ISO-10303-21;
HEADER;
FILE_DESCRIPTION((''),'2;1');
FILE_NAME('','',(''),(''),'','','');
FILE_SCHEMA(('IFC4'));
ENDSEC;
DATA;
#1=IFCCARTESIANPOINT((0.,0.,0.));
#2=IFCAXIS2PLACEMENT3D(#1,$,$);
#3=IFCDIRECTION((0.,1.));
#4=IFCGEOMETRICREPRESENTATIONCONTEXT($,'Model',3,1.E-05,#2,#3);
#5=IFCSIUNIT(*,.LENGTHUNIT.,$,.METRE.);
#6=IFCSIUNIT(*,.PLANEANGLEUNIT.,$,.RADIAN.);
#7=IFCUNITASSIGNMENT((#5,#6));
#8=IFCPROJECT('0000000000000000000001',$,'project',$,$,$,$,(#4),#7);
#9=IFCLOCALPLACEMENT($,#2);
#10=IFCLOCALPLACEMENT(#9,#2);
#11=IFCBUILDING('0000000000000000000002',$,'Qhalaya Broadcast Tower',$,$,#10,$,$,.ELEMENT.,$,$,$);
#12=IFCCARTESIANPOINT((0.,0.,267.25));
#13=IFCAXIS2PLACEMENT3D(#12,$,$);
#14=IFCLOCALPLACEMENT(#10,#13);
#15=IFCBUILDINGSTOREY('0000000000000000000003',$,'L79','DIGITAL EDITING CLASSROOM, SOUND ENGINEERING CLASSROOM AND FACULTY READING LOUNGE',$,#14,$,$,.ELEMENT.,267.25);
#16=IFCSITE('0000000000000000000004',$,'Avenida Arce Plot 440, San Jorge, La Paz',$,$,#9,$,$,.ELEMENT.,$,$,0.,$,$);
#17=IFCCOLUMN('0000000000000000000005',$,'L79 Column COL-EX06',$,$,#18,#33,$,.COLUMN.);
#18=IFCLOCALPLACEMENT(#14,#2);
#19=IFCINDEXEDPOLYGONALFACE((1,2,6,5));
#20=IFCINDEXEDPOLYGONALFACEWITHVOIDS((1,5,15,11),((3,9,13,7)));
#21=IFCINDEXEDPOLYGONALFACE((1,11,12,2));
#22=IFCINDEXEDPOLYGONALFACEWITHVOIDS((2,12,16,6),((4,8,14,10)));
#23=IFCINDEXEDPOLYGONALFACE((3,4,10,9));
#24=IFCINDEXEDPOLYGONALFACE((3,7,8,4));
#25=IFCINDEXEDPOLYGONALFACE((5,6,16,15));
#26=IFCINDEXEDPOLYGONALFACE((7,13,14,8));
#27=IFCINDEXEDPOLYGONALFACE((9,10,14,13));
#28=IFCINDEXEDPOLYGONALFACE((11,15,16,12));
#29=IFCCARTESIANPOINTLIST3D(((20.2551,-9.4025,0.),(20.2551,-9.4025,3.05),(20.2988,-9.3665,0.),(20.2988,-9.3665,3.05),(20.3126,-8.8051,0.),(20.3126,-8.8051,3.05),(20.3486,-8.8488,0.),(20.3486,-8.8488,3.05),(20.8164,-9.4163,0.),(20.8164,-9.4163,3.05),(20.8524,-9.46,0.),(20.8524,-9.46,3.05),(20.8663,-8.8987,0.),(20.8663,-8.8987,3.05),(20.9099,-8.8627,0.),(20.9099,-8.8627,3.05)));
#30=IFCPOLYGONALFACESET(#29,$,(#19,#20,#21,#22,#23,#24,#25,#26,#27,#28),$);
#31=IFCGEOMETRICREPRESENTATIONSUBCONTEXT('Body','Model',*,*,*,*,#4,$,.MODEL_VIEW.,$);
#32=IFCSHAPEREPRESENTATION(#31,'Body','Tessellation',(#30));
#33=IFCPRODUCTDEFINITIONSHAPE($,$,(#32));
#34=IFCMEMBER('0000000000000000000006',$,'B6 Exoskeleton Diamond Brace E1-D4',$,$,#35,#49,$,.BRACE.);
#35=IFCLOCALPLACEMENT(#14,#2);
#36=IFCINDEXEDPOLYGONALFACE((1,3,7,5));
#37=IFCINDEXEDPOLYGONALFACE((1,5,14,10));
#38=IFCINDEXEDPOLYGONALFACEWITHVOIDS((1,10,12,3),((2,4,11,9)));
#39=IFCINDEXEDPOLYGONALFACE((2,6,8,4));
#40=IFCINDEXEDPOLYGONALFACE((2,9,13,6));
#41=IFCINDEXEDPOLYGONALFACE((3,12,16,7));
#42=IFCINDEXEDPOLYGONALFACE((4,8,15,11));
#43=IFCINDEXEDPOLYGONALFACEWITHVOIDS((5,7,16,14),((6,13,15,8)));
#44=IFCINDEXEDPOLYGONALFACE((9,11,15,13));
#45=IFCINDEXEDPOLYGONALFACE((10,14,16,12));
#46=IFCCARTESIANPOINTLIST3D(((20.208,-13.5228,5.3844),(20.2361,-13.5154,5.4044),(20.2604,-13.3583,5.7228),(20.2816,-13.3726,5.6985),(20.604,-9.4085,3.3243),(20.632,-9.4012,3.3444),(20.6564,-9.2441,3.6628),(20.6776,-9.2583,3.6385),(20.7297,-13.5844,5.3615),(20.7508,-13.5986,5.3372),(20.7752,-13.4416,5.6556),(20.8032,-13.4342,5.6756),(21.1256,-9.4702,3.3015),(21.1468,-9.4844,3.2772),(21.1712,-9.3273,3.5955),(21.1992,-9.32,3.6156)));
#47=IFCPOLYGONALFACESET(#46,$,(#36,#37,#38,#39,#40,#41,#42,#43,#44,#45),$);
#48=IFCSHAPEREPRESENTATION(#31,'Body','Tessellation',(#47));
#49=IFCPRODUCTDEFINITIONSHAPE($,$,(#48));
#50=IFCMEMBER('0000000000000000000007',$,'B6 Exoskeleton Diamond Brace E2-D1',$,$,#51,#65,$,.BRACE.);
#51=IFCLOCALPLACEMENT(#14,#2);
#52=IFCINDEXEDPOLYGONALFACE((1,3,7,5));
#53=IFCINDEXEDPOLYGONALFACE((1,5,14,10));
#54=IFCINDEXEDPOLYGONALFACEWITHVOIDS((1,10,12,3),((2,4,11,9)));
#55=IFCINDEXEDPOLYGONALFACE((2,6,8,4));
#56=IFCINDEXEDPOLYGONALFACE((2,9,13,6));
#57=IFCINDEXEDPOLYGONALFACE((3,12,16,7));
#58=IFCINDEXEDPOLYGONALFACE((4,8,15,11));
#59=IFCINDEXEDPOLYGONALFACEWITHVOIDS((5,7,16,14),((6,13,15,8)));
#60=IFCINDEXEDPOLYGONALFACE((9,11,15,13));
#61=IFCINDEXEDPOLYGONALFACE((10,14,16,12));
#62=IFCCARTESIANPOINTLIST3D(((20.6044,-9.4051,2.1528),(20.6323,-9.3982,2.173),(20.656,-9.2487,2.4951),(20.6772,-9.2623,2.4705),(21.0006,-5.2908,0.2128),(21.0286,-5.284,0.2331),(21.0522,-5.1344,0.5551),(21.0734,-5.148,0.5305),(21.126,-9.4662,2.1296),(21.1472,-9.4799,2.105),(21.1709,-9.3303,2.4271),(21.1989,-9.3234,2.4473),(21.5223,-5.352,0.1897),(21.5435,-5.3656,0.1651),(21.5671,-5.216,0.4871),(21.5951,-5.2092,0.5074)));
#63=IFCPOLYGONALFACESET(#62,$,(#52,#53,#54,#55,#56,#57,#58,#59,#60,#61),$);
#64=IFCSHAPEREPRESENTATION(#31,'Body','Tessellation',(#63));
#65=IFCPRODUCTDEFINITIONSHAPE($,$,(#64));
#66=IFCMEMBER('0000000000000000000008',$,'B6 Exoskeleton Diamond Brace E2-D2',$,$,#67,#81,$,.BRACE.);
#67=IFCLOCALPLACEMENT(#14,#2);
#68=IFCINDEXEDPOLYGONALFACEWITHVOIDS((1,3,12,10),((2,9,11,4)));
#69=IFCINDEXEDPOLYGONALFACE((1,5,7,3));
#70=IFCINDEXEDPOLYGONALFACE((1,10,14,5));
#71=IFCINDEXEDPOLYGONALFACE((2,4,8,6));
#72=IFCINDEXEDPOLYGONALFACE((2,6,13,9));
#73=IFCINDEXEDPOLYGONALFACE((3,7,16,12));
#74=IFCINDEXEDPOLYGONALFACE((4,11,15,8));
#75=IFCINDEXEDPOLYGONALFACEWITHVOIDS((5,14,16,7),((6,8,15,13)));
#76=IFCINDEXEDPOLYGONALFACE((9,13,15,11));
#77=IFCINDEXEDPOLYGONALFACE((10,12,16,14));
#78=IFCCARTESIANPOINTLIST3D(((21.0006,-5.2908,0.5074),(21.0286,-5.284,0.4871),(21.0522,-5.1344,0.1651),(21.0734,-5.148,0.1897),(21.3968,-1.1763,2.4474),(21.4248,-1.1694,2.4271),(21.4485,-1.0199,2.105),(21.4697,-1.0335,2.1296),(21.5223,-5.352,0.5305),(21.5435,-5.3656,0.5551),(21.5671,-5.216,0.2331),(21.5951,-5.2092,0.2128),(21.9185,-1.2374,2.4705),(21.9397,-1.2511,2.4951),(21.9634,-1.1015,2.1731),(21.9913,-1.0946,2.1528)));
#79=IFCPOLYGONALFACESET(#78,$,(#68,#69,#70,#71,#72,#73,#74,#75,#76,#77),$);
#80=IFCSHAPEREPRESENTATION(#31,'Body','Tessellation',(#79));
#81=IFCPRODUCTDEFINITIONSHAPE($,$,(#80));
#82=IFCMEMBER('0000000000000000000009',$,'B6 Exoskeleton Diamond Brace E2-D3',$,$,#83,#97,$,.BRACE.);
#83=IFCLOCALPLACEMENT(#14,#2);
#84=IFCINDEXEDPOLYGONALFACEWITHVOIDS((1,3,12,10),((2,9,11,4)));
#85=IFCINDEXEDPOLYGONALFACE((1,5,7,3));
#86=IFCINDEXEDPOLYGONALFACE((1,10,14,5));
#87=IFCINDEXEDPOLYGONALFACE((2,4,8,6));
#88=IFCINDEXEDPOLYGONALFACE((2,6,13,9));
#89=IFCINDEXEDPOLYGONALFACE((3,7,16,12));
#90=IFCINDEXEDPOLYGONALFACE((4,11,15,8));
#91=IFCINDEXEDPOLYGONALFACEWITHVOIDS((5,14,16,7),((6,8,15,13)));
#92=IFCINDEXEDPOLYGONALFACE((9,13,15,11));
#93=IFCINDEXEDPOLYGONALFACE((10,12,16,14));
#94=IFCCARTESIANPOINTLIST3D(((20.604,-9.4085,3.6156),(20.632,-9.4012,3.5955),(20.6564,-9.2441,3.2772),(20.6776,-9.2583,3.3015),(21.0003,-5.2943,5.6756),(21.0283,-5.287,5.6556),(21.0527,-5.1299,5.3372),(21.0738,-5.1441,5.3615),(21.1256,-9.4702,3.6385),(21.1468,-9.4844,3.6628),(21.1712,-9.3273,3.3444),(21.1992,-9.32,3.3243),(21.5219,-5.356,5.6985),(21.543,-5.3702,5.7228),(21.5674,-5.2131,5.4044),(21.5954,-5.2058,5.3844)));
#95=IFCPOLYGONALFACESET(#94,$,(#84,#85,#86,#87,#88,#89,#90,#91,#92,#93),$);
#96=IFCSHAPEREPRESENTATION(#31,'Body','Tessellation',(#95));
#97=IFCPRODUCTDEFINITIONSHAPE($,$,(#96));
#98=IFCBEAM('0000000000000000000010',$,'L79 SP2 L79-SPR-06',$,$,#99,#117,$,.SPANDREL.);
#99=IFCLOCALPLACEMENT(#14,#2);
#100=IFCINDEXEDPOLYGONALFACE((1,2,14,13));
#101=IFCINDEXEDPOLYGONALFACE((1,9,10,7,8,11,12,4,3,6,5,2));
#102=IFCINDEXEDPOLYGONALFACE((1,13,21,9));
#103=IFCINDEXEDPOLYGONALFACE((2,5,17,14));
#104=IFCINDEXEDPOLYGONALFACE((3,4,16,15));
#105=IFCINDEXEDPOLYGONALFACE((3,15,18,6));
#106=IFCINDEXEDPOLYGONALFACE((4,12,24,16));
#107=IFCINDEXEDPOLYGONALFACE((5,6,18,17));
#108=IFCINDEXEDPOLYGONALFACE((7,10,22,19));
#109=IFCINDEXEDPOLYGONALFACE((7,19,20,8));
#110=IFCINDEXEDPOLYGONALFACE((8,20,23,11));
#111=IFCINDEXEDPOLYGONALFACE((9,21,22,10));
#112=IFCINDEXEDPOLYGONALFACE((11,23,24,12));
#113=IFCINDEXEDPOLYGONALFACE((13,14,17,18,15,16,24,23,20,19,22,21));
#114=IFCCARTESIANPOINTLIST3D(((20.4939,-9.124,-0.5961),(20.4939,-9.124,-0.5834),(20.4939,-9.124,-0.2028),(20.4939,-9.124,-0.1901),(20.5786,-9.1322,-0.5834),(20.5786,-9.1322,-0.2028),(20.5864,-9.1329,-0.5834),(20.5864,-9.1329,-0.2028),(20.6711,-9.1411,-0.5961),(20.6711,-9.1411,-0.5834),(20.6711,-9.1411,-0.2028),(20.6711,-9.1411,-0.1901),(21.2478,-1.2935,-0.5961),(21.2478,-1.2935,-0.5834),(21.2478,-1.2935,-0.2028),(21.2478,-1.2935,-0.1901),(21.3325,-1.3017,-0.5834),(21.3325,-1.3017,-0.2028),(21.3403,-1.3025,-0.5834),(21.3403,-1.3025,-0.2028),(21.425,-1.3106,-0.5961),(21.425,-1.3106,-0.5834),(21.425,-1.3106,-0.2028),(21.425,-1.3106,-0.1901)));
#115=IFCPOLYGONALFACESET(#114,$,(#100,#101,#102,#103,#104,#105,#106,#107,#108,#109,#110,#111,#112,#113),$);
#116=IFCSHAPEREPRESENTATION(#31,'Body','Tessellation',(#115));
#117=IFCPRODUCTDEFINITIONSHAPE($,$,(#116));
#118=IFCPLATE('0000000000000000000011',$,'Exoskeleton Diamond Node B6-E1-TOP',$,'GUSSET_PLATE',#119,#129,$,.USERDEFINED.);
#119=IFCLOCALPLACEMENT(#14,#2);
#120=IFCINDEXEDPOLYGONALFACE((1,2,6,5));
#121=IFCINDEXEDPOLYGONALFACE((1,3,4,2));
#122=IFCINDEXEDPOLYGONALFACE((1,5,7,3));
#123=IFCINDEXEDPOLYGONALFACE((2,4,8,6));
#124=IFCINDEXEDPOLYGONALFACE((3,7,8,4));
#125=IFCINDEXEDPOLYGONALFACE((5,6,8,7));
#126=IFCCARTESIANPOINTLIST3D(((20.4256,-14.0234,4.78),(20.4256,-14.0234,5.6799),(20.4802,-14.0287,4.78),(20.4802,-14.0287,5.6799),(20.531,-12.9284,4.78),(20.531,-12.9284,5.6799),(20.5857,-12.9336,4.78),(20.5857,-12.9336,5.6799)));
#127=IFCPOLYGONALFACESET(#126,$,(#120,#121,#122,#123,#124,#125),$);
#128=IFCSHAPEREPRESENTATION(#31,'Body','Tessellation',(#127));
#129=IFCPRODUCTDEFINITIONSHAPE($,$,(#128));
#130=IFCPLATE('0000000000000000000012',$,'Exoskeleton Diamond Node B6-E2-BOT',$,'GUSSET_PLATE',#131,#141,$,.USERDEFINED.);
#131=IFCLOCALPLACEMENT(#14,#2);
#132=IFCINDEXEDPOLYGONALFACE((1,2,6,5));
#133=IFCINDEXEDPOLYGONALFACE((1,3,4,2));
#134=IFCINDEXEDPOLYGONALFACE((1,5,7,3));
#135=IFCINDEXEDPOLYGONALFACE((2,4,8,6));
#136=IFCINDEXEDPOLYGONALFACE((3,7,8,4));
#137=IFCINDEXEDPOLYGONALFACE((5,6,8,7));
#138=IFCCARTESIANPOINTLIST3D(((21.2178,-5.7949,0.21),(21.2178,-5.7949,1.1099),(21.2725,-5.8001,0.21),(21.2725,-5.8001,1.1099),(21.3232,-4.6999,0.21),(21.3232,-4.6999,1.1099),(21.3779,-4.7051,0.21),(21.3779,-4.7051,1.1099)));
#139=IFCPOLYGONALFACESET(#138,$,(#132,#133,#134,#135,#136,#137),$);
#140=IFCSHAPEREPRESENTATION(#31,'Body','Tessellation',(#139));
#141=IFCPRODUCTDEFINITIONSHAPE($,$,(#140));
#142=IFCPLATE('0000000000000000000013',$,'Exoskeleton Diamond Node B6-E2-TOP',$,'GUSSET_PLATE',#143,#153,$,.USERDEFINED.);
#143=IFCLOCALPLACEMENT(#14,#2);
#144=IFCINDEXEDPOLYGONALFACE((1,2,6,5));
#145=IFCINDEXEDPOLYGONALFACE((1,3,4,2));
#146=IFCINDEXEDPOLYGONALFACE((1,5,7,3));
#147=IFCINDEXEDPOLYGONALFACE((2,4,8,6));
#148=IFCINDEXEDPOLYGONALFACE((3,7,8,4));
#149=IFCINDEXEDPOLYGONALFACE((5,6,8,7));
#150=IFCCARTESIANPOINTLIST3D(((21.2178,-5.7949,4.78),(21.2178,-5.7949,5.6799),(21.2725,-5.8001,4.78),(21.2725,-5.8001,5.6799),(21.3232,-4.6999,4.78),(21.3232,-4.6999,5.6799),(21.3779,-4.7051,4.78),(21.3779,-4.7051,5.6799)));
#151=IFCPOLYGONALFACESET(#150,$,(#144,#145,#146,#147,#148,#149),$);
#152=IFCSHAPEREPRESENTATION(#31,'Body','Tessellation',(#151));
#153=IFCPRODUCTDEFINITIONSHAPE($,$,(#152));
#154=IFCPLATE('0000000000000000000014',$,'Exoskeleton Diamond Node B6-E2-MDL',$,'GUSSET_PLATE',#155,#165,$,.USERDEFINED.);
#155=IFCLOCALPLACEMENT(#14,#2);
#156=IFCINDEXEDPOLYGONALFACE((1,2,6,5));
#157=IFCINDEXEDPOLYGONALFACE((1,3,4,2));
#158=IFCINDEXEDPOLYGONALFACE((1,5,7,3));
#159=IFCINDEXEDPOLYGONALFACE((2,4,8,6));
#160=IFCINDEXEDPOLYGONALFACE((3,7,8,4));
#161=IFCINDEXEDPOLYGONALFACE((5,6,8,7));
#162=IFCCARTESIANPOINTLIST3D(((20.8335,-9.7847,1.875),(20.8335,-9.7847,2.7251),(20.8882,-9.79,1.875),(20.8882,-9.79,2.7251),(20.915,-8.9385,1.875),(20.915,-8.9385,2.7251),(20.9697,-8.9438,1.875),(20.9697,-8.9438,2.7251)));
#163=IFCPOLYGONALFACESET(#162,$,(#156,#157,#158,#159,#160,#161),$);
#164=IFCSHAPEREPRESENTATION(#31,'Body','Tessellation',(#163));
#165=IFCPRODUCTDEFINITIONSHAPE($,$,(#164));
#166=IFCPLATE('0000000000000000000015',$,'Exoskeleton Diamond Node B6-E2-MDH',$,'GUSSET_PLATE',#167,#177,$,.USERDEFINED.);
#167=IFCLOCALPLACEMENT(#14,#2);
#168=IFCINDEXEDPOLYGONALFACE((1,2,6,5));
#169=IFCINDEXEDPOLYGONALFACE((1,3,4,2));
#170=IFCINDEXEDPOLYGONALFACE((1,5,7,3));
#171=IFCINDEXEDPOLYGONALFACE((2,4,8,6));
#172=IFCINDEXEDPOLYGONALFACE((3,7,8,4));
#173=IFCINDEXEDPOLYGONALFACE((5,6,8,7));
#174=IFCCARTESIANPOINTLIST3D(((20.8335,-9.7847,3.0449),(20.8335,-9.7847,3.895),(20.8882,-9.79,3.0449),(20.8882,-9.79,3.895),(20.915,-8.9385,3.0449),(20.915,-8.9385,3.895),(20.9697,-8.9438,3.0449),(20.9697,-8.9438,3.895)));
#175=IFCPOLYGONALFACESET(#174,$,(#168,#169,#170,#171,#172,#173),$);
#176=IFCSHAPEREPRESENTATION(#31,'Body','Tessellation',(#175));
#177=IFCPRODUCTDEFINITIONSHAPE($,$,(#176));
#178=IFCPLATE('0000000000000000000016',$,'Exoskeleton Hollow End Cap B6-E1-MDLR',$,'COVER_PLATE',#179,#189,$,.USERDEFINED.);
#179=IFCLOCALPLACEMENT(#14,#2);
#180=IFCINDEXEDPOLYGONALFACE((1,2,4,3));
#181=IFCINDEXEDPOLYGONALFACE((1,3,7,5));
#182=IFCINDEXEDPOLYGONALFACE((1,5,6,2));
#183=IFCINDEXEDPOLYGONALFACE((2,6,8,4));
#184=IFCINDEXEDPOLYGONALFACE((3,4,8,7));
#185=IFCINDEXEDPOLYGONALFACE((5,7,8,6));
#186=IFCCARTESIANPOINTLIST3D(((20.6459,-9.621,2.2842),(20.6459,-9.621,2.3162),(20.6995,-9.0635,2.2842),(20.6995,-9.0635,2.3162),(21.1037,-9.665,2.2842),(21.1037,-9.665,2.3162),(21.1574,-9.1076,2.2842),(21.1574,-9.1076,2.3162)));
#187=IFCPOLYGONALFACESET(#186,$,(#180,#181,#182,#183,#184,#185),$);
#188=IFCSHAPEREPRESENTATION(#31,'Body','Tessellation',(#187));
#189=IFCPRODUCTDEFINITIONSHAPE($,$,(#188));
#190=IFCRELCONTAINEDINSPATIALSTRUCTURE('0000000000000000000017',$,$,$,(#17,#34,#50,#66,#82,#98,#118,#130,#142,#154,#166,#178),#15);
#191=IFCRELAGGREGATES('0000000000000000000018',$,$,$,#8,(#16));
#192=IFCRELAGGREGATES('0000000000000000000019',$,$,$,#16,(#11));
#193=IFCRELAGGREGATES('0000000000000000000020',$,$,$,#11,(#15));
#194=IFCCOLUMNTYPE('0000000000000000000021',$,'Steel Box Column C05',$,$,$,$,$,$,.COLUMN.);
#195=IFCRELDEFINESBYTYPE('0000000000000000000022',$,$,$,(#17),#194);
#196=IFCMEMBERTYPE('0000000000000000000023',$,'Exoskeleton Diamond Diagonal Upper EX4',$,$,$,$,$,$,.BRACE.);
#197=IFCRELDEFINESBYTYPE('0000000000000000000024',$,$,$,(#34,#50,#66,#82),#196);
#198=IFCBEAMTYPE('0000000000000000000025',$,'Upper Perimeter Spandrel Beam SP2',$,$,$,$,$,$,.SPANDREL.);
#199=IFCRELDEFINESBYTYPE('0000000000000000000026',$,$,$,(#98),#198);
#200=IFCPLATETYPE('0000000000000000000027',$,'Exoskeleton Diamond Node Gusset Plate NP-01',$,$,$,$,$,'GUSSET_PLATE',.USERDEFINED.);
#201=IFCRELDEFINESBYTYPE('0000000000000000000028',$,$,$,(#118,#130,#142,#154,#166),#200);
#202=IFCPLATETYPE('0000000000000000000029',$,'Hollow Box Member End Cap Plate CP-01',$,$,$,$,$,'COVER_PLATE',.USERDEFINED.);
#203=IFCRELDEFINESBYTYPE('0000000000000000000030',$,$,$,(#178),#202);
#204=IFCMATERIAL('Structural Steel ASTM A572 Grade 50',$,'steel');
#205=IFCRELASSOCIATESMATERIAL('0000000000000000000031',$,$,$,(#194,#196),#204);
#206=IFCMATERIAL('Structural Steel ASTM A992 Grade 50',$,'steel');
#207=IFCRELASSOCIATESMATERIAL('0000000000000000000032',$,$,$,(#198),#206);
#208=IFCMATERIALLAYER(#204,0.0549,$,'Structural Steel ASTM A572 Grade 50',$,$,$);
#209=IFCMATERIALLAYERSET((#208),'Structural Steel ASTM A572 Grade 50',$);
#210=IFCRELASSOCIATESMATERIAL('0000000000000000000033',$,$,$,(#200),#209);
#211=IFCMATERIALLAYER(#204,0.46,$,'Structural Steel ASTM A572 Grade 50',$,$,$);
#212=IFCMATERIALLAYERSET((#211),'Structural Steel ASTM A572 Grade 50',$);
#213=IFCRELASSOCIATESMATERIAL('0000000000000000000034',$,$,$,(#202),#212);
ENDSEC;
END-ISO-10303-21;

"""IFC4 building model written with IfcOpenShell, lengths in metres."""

from ifc_helpers import new_model, si_unit, direction, frame, origin, origin_2d, place, context, subcontext, project, spatial, rectangle, hollow_rectangle, i_section, extrude, material, layer, layer_set, material_profile, profile_set, type_object, element, save


model = new_model("IFC4")

# Units and contexts
model_context = context("Model", 3, precision=1e-05, world=origin(), true_north=direction((0.0, 1.0)))
body_context = subcontext(model_context, "Body", "Model", "MODEL_VIEW")
ifc_project = project(units=[si_unit("LENGTHUNIT", "METRE"), si_unit("PLANEANGLEUNIT", "RADIAN")], contexts=[model_context])

# Site, building, storey
site_placement = place(None, origin())
site = spatial("IfcSite", under=ifc_project, at=site_placement, Name="Avenida Arce Plot 440, San Jorge, La Paz", CompositionType="ELEMENT", RefElevation=0.0)
building_placement = place(site_placement, origin())
building = spatial("IfcBuilding", under=site, at=building_placement, Name="Qhalaya Broadcast Tower", CompositionType="ELEMENT")
storey_placement = place(building_placement, frame((0.0, 0.0, 267.25)))
storey = spatial("IfcBuildingStorey", under=building, at=storey_placement, Name="L79", Description="DIGITAL EDITING CLASSROOM, SOUND ENGINEERING CLASSROOM AND FACULTY READING LOUNGE", CompositionType="ELEMENT", Elevation=267.25)

# Column
ifc_material_1 = material(Name="Structural Steel ASTM A572 Grade 50", Category="steel")
ifc_material_profile_1 = material_profile(ifc_material_1, hollow_rectangle(XDim=0.6001, YDim=0.6001, WallThickness=0.04, at=origin_2d()), Name="BOX 600x600x40")
ifc_profile_set_1 = profile_set([ifc_material_profile_1], Name="Structural Steel ASTM A572 Grade 50")
column_type = type_object("IfcColumnType", Name="Steel Box Column C05", PredefinedType="COLUMN", material=ifc_profile_set_1)
column_placement = place(storey_placement, frame((20.5825, -9.1326, 0.0), z_axis=(0.0, 0.0, 1.0), x_axis=(0.095846, 0.995396, 0.0)))
element("IfcColumn", 1, at=column_placement, inside=storey, type_object=column_type, Name="L79 Column COL-EX06", PredefinedType="COLUMN", context=body_context, shape_type="SweptSolid", body=[
    extrude(hollow_rectangle(XDim=0.6001, YDim=0.6001, WallThickness=0.04, at=origin_2d()), origin(), (0.0, 0.0, 1.0), 3.05),
])

# Members
ifc_material_profile_2 = material_profile(ifc_material_1, hollow_rectangle(XDim=0.3799, YDim=0.55, WallThickness=0.0249, at=origin_2d()), Name="BOX 380x550x25")
ifc_profile_set_2 = profile_set([ifc_material_profile_2], Name="Structural Steel ASTM A572 Grade 50")
member_type = type_object("IfcMemberType", Name="Exoskeleton Diamond Diagonal Upper EX4", PredefinedType="BRACE", material=ifc_profile_set_2)
member_1_placement = place(storey_placement, frame((20.9016, -9.3643, 3.47), z_axis=(-0.085747, -0.890879, 0.446074), x_axis=(0.137945, 0.432795, 0.890876)))
element("IfcMember", 2, at=member_1_placement, inside=storey, type_object=member_type, Name="B6 Exoskeleton Diamond Brace E1-D4", PredefinedType="BRACE", context=body_context, shape_type="SweptSolid", body=[
    extrude(hollow_rectangle(XDim=0.3799, YDim=0.55, WallThickness=0.0249, at=origin_2d()), origin(), (0.0, 0.0, 1.0), 4.6182),
])
member_2_placement = place(storey_placement, frame((21.2979, -5.25, 0.3601), z_axis=(-0.086782, -0.901082, 0.424875), x_axis=(0.135948, 0.411783, 0.901084)))
element("IfcMember", 3, at=member_2_placement, inside=storey, type_object=member_type, Name="B6 Exoskeleton Diamond Brace E2-D1", PredefinedType="BRACE", context=body_context, shape_type="SweptSolid", body=[
    extrude(hollow_rectangle(XDim=0.3799, YDim=0.55, WallThickness=0.0249, at=origin_2d()), origin(), (0.0, 0.0, 1.0), 4.5659),
])
member_3_placement = place(storey_placement, frame((21.2979, -5.25, 0.3601), z_axis=(0.086778, 0.901093, 0.424855), x_axis=(-0.135943, -0.411764, 0.901094)))
element("IfcMember", 4, at=member_3_placement, inside=storey, type_object=member_type, Name="B6 Exoskeleton Diamond Brace E2-D2", PredefinedType="BRACE", context=body_context, shape_type="SweptSolid", body=[
    extrude(hollow_rectangle(XDim=0.3799, YDim=0.55, WallThickness=0.0249, at=origin_2d()), origin(), (0.0, 0.0, 1.0), 4.5662),
])
member_4_placement = place(storey_placement, frame((20.9016, -9.3643, 3.47), z_axis=(0.085799, 0.890875, 0.446072), x_axis=(-0.13797, -0.432785, 0.890877)))
element("IfcMember", 5, at=member_4_placement, inside=storey, type_object=member_type, Name="B6 Exoskeleton Diamond Brace E2-D3", PredefinedType="BRACE", context=body_context, shape_type="SweptSolid", body=[
    extrude(hollow_rectangle(XDim=0.3799, YDim=0.55, WallThickness=0.0249, at=origin_2d()), origin(), (0.0, 0.0, 1.0), 4.6182),
])

# Beam
ifc_material_2 = material(Name="Structural Steel ASTM A992 Grade 50", Category="steel")
ifc_material_profile_3 = material_profile(ifc_material_2, i_section(OverallWidth=0.178, OverallDepth=0.406, WebThickness=0.0078, FlangeThickness=0.0127, at=origin_2d()), Name="W16X40")
ifc_profile_set_3 = profile_set([ifc_material_profile_3], Name="Structural Steel ASTM A992 Grade 50")
beam_type = type_object("IfcBeamType", Name="Upper Perimeter Spandrel Beam SP2", PredefinedType="SPANDREL", material=ifc_profile_set_3)
beam_placement = place(storey_placement, frame((20.5825, -9.1326, -0.3931), z_axis=(0.095834, 0.995397, 0.0), x_axis=(-0.995397, 0.095834, 0.0)))
element("IfcBeam", 6, at=beam_placement, inside=storey, type_object=beam_type, Name="L79 SP2 L79-SPR-06", PredefinedType="SPANDREL", context=body_context, shape_type="SweptSolid", body=[
    extrude(i_section(OverallWidth=0.178, OverallDepth=0.406, WebThickness=0.0078, FlangeThickness=0.0127, at=origin_2d()), origin(), (0.0, 0.0, 1.0), 7.8667),
])

# Plates
ifc_layer_1 = layer(ifc_material_1, 0.0549, Name="Structural Steel ASTM A572 Grade 50")
ifc_layer_set_1 = layer_set([ifc_layer_1], Name="Structural Steel ASTM A572 Grade 50")
plate_type_1 = type_object("IfcPlateType", Name="Exoskeleton Diamond Node Gusset Plate NP-01", ElementType="GUSSET_PLATE", PredefinedType="USERDEFINED", material=ifc_layer_set_1)
for number, where, z_axis, x_axis, name in (
    (7, (20.5056, -13.4785, 4.78), (0.0, 0.0, 1.0), (0.095846, 0.995396, 0.0), "Exoskeleton Diamond Node B6-E1-TOP"),
    (8, (21.2979, -5.25, 0.21), (0.0, 0.0, 1.0), (0.095846, 0.995396, 0.0), "Exoskeleton Diamond Node B6-E2-BOT"),
    (9, (21.2979, -5.25, 4.78), (0.0, 0.0, 1.0), (0.095846, 0.995396, 0.0), "Exoskeleton Diamond Node B6-E2-TOP"),
):
    element("IfcPlate", number, at=place(storey_placement, frame(where, z_axis=z_axis, x_axis=x_axis)), inside=storey, type_object=plate_type_1, Name=name, ObjectType="GUSSET_PLATE", PredefinedType="USERDEFINED", context=body_context, shape_type="SweptSolid", body=[
        extrude(rectangle(XDim=1.1001, YDim=0.0549, at=origin_2d()), origin(), (0.0, 0.0, 1.0), 0.8999),
    ])
for number, where, z_axis, x_axis, name in (
    (10, (20.9016, -9.3643, 1.875), (0.0, 0.0, 1.0), (0.095846, 0.995396, 0.0), "Exoskeleton Diamond Node B6-E2-MDL"),
    (11, (20.9016, -9.3643, 3.0449), (0.0, 0.0, 1.0), (0.095846, 0.995396, 0.0), "Exoskeleton Diamond Node B6-E2-MDH"),
):
    element("IfcPlate", number, at=place(storey_placement, frame(where, z_axis=z_axis, x_axis=x_axis)), inside=storey, type_object=plate_type_1, Name=name, ObjectType="GUSSET_PLATE", PredefinedType="USERDEFINED", context=body_context, shape_type="SweptSolid", body=[
        extrude(rectangle(XDim=0.8501, YDim=0.0549, at=origin_2d()), origin(), (0.0, 0.0, 1.0), 0.8501),
    ])
ifc_layer_2 = layer(ifc_material_1, 0.46, Name="Structural Steel ASTM A572 Grade 50")
ifc_layer_set_2 = layer_set([ifc_layer_2], Name="Structural Steel ASTM A572 Grade 50")
plate_type_2 = type_object("IfcPlateType", Name="Hollow Box Member End Cap Plate CP-01", ElementType="COVER_PLATE", PredefinedType="USERDEFINED", material=ifc_layer_set_2)
for number, where, z_axis, x_axis, name in (
    (12, (20.9016, -9.3643, 2.2842), (0.0, 0.0, 1.0), (0.095846, 0.995396, 0.0), "Exoskeleton Hollow End Cap B6-E1-MDLR"),
):
    element("IfcPlate", number, at=place(storey_placement, frame(where, z_axis=z_axis, x_axis=x_axis)), inside=storey, type_object=plate_type_2, Name=name, ObjectType="COVER_PLATE", PredefinedType="USERDEFINED", context=body_context, shape_type="SweptSolid", body=[
        extrude(rectangle(XDim=0.5601, YDim=0.46, at=origin_2d()), origin(), (0.0, 0.0, 1.0), 0.032),
    ])

save(model, "model.ifc")
